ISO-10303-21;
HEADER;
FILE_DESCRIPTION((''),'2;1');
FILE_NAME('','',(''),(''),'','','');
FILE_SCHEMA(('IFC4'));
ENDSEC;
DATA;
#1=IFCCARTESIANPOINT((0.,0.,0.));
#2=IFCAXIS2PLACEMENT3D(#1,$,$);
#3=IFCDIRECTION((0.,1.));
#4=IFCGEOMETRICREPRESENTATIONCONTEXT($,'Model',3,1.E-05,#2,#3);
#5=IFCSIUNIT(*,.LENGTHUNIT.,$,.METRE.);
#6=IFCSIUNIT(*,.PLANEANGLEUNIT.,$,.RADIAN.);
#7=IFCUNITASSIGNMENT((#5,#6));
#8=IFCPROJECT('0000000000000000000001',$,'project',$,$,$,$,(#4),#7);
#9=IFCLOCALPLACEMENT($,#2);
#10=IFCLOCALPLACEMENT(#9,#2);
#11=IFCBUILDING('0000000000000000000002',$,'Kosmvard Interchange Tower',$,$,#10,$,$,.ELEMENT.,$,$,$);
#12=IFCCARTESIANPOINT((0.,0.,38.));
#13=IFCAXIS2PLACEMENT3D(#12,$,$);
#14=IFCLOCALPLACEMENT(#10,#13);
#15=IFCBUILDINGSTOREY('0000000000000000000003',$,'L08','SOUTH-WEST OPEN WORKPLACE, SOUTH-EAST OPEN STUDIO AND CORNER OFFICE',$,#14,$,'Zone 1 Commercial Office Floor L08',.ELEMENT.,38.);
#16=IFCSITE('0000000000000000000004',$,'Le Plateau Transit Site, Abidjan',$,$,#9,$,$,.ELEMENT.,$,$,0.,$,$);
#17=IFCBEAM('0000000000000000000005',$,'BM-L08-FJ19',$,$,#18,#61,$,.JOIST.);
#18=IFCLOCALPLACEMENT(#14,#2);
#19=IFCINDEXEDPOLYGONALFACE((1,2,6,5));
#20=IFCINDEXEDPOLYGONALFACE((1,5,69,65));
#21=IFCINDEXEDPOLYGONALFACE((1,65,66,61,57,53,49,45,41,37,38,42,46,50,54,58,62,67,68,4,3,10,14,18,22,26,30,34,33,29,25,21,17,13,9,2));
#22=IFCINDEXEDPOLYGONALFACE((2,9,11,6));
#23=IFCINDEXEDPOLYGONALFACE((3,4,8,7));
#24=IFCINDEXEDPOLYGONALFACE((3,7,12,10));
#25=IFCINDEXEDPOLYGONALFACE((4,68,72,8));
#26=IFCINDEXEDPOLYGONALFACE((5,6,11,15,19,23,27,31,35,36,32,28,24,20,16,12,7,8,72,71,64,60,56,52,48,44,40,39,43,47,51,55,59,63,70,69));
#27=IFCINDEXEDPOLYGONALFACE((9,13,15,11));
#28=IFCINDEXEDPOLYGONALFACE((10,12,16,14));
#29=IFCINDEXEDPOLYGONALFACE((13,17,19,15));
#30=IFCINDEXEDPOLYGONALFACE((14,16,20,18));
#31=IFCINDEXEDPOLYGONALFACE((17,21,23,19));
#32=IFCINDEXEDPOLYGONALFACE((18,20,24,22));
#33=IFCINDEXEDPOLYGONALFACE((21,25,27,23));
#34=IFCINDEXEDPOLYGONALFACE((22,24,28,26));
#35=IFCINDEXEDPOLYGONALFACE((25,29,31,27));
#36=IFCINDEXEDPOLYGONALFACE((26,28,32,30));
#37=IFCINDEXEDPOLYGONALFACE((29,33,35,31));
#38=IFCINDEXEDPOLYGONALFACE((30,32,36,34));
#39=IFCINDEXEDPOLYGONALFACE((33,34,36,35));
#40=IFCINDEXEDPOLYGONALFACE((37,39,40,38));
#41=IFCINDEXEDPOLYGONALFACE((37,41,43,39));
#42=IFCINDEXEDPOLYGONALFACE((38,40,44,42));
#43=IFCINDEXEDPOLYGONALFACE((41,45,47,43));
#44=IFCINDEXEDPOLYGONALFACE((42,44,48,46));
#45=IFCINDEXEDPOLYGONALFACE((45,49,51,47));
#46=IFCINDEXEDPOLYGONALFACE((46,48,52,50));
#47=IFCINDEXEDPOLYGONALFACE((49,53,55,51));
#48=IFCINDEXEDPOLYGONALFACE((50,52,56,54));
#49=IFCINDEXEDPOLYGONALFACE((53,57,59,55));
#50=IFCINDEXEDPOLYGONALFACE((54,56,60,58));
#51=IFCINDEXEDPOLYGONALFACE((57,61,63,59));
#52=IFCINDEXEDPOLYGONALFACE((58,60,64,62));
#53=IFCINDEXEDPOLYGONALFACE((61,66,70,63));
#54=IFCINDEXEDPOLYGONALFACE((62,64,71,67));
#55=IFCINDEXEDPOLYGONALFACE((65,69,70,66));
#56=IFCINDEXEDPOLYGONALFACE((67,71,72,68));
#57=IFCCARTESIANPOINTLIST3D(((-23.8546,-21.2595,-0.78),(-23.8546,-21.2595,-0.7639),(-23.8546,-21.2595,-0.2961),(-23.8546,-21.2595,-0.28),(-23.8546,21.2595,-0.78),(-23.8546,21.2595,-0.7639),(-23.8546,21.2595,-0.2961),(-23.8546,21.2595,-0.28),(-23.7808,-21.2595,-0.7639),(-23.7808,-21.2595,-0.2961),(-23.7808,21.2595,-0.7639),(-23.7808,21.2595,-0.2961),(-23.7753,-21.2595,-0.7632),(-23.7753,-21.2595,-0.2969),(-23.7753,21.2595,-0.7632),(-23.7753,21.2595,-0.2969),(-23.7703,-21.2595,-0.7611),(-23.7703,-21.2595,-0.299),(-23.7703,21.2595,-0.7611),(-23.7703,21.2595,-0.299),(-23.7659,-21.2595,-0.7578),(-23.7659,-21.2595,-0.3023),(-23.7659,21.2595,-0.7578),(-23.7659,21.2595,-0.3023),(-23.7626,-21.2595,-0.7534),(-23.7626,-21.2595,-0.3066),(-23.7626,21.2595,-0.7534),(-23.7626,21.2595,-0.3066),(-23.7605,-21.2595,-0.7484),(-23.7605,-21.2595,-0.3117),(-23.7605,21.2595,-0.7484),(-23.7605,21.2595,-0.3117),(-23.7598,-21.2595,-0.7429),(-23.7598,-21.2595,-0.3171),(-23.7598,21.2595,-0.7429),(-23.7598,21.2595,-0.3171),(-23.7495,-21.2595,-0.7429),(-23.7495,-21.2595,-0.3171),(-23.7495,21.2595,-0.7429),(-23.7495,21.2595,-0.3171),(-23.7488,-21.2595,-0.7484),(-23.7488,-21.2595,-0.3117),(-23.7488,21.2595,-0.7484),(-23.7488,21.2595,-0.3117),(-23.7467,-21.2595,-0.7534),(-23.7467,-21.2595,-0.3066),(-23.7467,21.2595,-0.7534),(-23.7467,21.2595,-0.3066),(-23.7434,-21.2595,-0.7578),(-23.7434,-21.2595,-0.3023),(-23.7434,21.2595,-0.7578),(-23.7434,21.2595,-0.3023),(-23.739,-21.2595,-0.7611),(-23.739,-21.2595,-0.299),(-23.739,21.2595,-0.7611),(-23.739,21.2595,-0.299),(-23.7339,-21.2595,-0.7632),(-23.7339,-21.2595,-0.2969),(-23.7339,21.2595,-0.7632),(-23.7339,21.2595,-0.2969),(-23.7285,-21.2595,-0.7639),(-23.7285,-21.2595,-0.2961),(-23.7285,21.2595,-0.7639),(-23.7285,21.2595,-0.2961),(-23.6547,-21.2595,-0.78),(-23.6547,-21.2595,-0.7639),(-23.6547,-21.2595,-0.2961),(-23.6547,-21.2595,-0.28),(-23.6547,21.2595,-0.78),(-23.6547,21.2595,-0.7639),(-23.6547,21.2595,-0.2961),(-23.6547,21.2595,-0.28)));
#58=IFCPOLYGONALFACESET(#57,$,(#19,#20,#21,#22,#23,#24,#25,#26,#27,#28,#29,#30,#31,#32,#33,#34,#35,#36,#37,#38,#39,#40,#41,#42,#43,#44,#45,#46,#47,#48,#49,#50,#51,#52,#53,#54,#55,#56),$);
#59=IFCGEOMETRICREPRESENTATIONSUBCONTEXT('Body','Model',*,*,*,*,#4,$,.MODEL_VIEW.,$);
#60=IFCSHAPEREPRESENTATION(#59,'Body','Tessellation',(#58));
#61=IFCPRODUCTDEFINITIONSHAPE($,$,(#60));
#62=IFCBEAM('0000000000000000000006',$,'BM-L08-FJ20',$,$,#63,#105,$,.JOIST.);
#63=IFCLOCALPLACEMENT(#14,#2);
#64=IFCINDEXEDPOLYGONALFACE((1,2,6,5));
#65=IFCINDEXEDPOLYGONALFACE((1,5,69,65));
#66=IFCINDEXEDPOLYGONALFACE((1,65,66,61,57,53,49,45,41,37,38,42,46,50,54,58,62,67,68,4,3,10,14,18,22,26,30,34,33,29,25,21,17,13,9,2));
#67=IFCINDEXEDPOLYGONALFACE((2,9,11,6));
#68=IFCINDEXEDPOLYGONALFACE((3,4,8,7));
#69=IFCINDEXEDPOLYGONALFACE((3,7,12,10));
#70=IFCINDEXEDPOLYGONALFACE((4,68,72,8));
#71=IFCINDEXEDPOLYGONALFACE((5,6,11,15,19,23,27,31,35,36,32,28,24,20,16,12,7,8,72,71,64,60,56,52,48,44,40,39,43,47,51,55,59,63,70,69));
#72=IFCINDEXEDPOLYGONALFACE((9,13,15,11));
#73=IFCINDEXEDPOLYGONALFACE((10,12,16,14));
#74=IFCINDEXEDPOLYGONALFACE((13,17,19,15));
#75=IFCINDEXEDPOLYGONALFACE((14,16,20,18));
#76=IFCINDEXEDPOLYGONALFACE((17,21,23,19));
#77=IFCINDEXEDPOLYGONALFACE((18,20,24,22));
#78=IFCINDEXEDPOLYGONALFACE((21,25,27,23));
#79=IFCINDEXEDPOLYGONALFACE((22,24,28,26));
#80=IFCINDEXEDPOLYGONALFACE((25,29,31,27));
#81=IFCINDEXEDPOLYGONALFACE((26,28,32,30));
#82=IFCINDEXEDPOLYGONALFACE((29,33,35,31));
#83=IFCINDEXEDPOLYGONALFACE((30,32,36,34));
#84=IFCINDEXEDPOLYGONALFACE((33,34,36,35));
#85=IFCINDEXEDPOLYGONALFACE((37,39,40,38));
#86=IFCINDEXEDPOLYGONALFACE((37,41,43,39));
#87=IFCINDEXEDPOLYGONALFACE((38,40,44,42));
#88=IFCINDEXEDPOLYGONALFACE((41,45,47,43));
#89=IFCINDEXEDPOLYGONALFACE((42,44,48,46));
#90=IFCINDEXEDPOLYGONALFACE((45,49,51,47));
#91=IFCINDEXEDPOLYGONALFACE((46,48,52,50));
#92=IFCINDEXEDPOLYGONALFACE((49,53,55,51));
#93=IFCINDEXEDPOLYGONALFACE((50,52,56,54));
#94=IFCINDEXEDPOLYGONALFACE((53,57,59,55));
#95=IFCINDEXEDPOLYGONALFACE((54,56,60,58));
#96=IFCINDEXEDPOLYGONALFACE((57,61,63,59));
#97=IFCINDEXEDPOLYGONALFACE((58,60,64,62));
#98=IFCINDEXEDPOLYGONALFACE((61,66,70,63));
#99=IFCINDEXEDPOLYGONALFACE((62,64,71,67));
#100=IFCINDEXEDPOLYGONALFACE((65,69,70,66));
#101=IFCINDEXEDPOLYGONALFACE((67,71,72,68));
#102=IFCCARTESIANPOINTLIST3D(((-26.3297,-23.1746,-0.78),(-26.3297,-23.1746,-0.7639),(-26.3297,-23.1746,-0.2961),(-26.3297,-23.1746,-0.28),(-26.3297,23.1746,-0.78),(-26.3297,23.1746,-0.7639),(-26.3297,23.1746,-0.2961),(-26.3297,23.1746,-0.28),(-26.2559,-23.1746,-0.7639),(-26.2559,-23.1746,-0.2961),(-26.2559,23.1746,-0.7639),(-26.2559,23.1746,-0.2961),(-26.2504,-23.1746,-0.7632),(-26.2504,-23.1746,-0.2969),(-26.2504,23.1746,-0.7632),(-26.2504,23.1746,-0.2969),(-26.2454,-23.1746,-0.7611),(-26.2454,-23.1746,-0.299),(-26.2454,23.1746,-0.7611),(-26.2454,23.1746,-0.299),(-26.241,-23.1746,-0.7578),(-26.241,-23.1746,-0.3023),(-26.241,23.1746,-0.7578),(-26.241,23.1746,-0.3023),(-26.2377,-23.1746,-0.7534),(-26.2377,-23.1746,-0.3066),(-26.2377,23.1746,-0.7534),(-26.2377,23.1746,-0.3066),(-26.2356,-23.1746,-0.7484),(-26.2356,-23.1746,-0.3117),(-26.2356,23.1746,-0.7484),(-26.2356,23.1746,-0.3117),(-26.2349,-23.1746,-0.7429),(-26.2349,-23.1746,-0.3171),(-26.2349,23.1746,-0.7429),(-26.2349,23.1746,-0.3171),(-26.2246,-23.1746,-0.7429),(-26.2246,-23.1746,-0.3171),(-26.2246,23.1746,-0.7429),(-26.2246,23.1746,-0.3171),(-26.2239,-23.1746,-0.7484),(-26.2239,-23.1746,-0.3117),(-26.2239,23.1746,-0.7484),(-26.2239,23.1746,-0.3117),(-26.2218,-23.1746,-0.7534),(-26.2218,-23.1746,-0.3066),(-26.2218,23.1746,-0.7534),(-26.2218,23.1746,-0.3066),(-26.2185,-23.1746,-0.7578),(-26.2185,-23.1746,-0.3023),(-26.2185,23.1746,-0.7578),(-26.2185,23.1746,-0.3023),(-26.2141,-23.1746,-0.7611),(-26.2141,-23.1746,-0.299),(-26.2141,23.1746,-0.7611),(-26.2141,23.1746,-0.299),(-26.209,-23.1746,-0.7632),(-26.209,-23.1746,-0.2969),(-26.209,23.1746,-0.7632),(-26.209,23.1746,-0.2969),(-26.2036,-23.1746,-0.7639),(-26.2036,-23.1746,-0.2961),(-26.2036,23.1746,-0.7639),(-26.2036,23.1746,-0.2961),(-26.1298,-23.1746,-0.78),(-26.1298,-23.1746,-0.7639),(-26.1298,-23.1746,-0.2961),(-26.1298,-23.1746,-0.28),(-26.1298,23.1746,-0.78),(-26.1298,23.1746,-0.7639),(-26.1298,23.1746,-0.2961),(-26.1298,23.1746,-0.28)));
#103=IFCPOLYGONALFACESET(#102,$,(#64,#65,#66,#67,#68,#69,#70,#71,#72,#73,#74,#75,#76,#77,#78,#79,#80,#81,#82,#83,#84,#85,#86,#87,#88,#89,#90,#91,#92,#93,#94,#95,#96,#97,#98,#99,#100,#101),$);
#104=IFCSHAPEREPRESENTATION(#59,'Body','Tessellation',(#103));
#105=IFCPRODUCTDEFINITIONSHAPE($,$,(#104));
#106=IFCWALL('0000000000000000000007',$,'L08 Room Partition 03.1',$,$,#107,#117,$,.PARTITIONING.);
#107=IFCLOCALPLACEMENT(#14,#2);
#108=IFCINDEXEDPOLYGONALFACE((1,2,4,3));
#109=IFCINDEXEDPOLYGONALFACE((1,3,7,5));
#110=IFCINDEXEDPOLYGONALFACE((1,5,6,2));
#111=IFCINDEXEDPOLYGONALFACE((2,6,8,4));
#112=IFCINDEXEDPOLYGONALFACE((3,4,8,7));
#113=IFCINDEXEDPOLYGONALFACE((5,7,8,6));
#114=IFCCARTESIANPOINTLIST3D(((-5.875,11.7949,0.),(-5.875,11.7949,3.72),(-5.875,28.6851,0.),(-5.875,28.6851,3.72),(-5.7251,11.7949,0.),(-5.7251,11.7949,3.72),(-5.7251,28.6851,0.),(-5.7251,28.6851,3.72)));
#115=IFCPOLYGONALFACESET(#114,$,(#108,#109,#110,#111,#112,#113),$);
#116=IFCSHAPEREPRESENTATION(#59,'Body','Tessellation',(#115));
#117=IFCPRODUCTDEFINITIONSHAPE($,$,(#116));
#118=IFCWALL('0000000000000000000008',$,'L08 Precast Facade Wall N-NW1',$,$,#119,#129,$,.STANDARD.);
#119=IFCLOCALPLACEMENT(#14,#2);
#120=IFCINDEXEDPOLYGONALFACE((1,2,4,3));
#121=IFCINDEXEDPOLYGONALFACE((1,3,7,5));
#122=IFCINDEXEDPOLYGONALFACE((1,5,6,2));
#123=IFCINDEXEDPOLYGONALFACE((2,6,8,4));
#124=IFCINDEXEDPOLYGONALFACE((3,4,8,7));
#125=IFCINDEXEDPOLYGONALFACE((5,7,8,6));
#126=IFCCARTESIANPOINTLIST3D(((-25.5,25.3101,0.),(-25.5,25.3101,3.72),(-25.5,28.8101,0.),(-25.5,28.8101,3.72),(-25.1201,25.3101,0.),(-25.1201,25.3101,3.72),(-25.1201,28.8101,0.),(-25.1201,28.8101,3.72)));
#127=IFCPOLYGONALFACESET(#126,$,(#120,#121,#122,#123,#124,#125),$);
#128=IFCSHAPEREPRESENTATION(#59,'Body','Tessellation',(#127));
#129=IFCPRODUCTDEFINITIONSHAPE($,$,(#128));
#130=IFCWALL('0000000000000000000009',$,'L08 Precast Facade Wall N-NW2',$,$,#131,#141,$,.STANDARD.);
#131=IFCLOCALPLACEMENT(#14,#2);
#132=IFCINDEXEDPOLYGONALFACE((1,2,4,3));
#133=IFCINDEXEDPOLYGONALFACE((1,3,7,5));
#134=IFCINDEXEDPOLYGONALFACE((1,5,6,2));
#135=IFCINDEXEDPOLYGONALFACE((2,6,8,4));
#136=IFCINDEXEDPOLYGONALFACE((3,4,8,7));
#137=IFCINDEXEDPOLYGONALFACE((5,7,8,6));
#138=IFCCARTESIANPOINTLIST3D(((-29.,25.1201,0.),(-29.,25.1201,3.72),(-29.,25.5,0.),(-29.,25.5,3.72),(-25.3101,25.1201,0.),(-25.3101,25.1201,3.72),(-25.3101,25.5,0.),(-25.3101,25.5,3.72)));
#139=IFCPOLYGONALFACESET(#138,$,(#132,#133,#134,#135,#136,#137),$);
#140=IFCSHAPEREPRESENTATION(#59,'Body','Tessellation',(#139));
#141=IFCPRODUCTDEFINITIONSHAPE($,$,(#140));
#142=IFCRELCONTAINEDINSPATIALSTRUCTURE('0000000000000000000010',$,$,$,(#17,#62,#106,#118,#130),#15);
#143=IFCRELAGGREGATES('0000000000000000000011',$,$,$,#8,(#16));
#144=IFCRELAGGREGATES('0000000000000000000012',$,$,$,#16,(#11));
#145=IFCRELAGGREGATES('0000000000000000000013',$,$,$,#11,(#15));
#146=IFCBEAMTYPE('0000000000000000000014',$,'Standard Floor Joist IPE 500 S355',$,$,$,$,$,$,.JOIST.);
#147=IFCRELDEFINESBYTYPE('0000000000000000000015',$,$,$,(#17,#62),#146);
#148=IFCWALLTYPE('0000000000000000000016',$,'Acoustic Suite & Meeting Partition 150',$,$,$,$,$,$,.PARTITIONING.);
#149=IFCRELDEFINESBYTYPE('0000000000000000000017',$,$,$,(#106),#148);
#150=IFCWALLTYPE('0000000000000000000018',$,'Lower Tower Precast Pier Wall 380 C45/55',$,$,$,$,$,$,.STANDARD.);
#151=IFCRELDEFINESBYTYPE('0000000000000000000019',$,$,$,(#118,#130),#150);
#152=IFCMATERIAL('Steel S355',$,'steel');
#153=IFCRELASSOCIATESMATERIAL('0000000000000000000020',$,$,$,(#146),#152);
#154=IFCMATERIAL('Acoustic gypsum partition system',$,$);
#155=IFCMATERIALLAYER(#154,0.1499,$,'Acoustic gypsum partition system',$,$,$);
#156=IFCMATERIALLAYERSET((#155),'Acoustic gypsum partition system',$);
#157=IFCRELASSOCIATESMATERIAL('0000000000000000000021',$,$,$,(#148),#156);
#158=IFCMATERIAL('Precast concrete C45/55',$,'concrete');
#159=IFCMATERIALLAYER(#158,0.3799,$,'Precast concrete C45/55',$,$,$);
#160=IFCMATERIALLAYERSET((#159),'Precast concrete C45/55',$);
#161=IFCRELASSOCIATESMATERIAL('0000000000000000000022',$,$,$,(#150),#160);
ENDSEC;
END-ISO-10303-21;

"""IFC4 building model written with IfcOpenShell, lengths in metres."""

from ifc_helpers import new_model, si_unit, direction, frame, frame_2d, origin, origin_2d, place, context, subcontext, project, spatial, rectangle, i_section, extrude, source, transform, mapped, material, layer, layer_set, material_profile, profile_set, type_object, element, save


model = new_model("IFC4")

# Units and contexts
model_context = context("Model", 3, precision=1e-05, world=origin(), true_north=direction((0.0, 1.0)))
body_context = subcontext(model_context, "Body", "Model", "MODEL_VIEW")
ifc_project = project(units=[si_unit("LENGTHUNIT", "METRE"), si_unit("PLANEANGLEUNIT", "RADIAN")], contexts=[model_context])

# Site, building, storey
site_placement = place(None, origin())
site = spatial("IfcSite", under=ifc_project, at=site_placement, Name="Le Plateau Transit Site, Abidjan", CompositionType="ELEMENT", RefElevation=0.0)
building_placement = place(site_placement, origin())
building = spatial("IfcBuilding", under=site, at=building_placement, Name="Kosmvard Interchange Tower", CompositionType="ELEMENT")
storey_placement = place(building_placement, frame((0.0, 0.0, 38.0)))
storey = spatial("IfcBuildingStorey", under=building, at=storey_placement, Name="L08", Description="SOUTH-WEST OPEN WORKPLACE, SOUTH-EAST OPEN STUDIO AND CORNER OFFICE", LongName="Zone 1 Commercial Office Floor L08", CompositionType="ELEMENT", Elevation=38.0)

# Beams
ifc_material_1 = material(Name="Steel S355", Category="steel")
ifc_material_2 = material(Name="Precast concrete C45/55", Category="concrete")
ifc_material_profile_1 = material_profile(ifc_material_1, i_section(OverallWidth=0.2, OverallDepth=0.5, WebThickness=0.0103, FlangeThickness=0.0161, FilletRadius=0.021, at=origin_2d()), Name="IPE 500")
ifc_profile_set_1 = profile_set([ifc_material_profile_1], Name="Steel S355")
beam_type_1 = type_object("IfcBeamType", Name="Standard Floor Joist IPE 500 S355", PredefinedType="JOIST", material=ifc_profile_set_1)
shared_shape_1 = source(origin(), body_context, "Body", "SweptSolid", [
    extrude(i_section(OverallWidth=0.2, OverallDepth=0.5, WebThickness=0.0103, FlangeThickness=0.0161, FilletRadius=0.021, at=origin_2d()), origin(), (0.0, 0.0, 1.0), 42.519),
])
beam_1_placement = place(storey_placement, frame((-23.7546, 21.2595, -0.53), z_axis=(0.0, -1.0, 0.0), x_axis=(1.0, 0.0, 0.0)))
element("IfcBeam", 1, at=beam_1_placement, inside=storey, type_object=beam_type_1, Name="BM-L08-FJ19", PredefinedType="JOIST", context=body_context, shape_type="MappedRepresentation", body=[
    mapped(shared_shape_1, transform((0.0, 0.0, 0.0), scale=1.0)),
])
shared_shape_2 = source(origin(), body_context, "Body", "SweptSolid", [
    extrude(i_section(OverallWidth=0.2, OverallDepth=0.5, WebThickness=0.0103, FlangeThickness=0.0161, FilletRadius=0.021, at=origin_2d()), origin(), (0.0, 0.0, 1.0), 46.3491),
])
beam_2_placement = place(storey_placement, frame((-26.2297, 23.1746, -0.53), z_axis=(0.0, -1.0, 0.0), x_axis=(1.0, 0.0, 0.0)))
element("IfcBeam", 2, at=beam_2_placement, inside=storey, type_object=beam_type_1, Name="BM-L08-FJ20", PredefinedType="JOIST", context=body_context, shape_type="MappedRepresentation", body=[
    mapped(shared_shape_2, transform((0.0, 0.0, 0.0), scale=1.0)),
])

# Walls
ifc_material_3 = material(Name="Acoustic gypsum partition system")
ifc_layer_1 = layer(ifc_material_3, 0.1499, Name="Acoustic gypsum partition system")
ifc_layer_set_1 = layer_set([ifc_layer_1], Name="Acoustic gypsum partition system")
wall_type_1 = type_object("IfcWallType", Name="Acoustic Suite & Meeting Partition 150", PredefinedType="PARTITIONING", material=ifc_layer_set_1)
wall_1_placement = place(storey_placement, frame((-5.8, 11.7949, 0.0), z_axis=(0.0, 0.0, 1.0), x_axis=(0.0, 1.0, 0.0)))
element("IfcWall", 3, at=wall_1_placement, inside=storey, type_object=wall_type_1, Name="L08 Room Partition 03.1", PredefinedType="PARTITIONING", context=body_context, shape_type="SweptSolid", body=[
    extrude(rectangle(XDim=16.8901, YDim=0.1499, at=frame_2d((8.4451, 0.0))), origin(), (0.0, 0.0, 1.0), 3.72),
])
ifc_layer_2 = layer(ifc_material_2, 0.3799, Name="Precast concrete C45/55")
ifc_layer_set_2 = layer_set([ifc_layer_2], Name="Precast concrete C45/55")
wall_type_2 = type_object("IfcWallType", Name="Lower Tower Precast Pier Wall 380 C45/55", PredefinedType="STANDARD", material=ifc_layer_set_2)
wall_2_placement = place(storey_placement, frame((-25.3101, 28.8101, 0.0), z_axis=(0.0, 0.0, 1.0), x_axis=(0.0, -1.0, 0.0)))
element("IfcWall", 4, at=wall_2_placement, inside=storey, type_object=wall_type_2, Name="L08 Precast Facade Wall N-NW1", PredefinedType="STANDARD", context=body_context, shape_type="SweptSolid", body=[
    extrude(rectangle(XDim=3.5, YDim=0.3799, at=frame_2d((1.75, 0.0))), origin(), (0.0, 0.0, 1.0), 3.72),
])
wall_3_placement = place(storey_placement, frame((-25.3101, 25.3101, 0.0), z_axis=(0.0, 0.0, 1.0), x_axis=(-1.0, 0.0, 0.0)))
element("IfcWall", 5, at=wall_3_placement, inside=storey, type_object=wall_type_2, Name="L08 Precast Facade Wall N-NW2", PredefinedType="STANDARD", context=body_context, shape_type="SweptSolid", body=[
    extrude(rectangle(XDim=3.6899, YDim=0.3799, at=frame_2d((1.845, 0.0))), origin(), (0.0, 0.0, 1.0), 3.72),
])

save(model, "model.ifc")
